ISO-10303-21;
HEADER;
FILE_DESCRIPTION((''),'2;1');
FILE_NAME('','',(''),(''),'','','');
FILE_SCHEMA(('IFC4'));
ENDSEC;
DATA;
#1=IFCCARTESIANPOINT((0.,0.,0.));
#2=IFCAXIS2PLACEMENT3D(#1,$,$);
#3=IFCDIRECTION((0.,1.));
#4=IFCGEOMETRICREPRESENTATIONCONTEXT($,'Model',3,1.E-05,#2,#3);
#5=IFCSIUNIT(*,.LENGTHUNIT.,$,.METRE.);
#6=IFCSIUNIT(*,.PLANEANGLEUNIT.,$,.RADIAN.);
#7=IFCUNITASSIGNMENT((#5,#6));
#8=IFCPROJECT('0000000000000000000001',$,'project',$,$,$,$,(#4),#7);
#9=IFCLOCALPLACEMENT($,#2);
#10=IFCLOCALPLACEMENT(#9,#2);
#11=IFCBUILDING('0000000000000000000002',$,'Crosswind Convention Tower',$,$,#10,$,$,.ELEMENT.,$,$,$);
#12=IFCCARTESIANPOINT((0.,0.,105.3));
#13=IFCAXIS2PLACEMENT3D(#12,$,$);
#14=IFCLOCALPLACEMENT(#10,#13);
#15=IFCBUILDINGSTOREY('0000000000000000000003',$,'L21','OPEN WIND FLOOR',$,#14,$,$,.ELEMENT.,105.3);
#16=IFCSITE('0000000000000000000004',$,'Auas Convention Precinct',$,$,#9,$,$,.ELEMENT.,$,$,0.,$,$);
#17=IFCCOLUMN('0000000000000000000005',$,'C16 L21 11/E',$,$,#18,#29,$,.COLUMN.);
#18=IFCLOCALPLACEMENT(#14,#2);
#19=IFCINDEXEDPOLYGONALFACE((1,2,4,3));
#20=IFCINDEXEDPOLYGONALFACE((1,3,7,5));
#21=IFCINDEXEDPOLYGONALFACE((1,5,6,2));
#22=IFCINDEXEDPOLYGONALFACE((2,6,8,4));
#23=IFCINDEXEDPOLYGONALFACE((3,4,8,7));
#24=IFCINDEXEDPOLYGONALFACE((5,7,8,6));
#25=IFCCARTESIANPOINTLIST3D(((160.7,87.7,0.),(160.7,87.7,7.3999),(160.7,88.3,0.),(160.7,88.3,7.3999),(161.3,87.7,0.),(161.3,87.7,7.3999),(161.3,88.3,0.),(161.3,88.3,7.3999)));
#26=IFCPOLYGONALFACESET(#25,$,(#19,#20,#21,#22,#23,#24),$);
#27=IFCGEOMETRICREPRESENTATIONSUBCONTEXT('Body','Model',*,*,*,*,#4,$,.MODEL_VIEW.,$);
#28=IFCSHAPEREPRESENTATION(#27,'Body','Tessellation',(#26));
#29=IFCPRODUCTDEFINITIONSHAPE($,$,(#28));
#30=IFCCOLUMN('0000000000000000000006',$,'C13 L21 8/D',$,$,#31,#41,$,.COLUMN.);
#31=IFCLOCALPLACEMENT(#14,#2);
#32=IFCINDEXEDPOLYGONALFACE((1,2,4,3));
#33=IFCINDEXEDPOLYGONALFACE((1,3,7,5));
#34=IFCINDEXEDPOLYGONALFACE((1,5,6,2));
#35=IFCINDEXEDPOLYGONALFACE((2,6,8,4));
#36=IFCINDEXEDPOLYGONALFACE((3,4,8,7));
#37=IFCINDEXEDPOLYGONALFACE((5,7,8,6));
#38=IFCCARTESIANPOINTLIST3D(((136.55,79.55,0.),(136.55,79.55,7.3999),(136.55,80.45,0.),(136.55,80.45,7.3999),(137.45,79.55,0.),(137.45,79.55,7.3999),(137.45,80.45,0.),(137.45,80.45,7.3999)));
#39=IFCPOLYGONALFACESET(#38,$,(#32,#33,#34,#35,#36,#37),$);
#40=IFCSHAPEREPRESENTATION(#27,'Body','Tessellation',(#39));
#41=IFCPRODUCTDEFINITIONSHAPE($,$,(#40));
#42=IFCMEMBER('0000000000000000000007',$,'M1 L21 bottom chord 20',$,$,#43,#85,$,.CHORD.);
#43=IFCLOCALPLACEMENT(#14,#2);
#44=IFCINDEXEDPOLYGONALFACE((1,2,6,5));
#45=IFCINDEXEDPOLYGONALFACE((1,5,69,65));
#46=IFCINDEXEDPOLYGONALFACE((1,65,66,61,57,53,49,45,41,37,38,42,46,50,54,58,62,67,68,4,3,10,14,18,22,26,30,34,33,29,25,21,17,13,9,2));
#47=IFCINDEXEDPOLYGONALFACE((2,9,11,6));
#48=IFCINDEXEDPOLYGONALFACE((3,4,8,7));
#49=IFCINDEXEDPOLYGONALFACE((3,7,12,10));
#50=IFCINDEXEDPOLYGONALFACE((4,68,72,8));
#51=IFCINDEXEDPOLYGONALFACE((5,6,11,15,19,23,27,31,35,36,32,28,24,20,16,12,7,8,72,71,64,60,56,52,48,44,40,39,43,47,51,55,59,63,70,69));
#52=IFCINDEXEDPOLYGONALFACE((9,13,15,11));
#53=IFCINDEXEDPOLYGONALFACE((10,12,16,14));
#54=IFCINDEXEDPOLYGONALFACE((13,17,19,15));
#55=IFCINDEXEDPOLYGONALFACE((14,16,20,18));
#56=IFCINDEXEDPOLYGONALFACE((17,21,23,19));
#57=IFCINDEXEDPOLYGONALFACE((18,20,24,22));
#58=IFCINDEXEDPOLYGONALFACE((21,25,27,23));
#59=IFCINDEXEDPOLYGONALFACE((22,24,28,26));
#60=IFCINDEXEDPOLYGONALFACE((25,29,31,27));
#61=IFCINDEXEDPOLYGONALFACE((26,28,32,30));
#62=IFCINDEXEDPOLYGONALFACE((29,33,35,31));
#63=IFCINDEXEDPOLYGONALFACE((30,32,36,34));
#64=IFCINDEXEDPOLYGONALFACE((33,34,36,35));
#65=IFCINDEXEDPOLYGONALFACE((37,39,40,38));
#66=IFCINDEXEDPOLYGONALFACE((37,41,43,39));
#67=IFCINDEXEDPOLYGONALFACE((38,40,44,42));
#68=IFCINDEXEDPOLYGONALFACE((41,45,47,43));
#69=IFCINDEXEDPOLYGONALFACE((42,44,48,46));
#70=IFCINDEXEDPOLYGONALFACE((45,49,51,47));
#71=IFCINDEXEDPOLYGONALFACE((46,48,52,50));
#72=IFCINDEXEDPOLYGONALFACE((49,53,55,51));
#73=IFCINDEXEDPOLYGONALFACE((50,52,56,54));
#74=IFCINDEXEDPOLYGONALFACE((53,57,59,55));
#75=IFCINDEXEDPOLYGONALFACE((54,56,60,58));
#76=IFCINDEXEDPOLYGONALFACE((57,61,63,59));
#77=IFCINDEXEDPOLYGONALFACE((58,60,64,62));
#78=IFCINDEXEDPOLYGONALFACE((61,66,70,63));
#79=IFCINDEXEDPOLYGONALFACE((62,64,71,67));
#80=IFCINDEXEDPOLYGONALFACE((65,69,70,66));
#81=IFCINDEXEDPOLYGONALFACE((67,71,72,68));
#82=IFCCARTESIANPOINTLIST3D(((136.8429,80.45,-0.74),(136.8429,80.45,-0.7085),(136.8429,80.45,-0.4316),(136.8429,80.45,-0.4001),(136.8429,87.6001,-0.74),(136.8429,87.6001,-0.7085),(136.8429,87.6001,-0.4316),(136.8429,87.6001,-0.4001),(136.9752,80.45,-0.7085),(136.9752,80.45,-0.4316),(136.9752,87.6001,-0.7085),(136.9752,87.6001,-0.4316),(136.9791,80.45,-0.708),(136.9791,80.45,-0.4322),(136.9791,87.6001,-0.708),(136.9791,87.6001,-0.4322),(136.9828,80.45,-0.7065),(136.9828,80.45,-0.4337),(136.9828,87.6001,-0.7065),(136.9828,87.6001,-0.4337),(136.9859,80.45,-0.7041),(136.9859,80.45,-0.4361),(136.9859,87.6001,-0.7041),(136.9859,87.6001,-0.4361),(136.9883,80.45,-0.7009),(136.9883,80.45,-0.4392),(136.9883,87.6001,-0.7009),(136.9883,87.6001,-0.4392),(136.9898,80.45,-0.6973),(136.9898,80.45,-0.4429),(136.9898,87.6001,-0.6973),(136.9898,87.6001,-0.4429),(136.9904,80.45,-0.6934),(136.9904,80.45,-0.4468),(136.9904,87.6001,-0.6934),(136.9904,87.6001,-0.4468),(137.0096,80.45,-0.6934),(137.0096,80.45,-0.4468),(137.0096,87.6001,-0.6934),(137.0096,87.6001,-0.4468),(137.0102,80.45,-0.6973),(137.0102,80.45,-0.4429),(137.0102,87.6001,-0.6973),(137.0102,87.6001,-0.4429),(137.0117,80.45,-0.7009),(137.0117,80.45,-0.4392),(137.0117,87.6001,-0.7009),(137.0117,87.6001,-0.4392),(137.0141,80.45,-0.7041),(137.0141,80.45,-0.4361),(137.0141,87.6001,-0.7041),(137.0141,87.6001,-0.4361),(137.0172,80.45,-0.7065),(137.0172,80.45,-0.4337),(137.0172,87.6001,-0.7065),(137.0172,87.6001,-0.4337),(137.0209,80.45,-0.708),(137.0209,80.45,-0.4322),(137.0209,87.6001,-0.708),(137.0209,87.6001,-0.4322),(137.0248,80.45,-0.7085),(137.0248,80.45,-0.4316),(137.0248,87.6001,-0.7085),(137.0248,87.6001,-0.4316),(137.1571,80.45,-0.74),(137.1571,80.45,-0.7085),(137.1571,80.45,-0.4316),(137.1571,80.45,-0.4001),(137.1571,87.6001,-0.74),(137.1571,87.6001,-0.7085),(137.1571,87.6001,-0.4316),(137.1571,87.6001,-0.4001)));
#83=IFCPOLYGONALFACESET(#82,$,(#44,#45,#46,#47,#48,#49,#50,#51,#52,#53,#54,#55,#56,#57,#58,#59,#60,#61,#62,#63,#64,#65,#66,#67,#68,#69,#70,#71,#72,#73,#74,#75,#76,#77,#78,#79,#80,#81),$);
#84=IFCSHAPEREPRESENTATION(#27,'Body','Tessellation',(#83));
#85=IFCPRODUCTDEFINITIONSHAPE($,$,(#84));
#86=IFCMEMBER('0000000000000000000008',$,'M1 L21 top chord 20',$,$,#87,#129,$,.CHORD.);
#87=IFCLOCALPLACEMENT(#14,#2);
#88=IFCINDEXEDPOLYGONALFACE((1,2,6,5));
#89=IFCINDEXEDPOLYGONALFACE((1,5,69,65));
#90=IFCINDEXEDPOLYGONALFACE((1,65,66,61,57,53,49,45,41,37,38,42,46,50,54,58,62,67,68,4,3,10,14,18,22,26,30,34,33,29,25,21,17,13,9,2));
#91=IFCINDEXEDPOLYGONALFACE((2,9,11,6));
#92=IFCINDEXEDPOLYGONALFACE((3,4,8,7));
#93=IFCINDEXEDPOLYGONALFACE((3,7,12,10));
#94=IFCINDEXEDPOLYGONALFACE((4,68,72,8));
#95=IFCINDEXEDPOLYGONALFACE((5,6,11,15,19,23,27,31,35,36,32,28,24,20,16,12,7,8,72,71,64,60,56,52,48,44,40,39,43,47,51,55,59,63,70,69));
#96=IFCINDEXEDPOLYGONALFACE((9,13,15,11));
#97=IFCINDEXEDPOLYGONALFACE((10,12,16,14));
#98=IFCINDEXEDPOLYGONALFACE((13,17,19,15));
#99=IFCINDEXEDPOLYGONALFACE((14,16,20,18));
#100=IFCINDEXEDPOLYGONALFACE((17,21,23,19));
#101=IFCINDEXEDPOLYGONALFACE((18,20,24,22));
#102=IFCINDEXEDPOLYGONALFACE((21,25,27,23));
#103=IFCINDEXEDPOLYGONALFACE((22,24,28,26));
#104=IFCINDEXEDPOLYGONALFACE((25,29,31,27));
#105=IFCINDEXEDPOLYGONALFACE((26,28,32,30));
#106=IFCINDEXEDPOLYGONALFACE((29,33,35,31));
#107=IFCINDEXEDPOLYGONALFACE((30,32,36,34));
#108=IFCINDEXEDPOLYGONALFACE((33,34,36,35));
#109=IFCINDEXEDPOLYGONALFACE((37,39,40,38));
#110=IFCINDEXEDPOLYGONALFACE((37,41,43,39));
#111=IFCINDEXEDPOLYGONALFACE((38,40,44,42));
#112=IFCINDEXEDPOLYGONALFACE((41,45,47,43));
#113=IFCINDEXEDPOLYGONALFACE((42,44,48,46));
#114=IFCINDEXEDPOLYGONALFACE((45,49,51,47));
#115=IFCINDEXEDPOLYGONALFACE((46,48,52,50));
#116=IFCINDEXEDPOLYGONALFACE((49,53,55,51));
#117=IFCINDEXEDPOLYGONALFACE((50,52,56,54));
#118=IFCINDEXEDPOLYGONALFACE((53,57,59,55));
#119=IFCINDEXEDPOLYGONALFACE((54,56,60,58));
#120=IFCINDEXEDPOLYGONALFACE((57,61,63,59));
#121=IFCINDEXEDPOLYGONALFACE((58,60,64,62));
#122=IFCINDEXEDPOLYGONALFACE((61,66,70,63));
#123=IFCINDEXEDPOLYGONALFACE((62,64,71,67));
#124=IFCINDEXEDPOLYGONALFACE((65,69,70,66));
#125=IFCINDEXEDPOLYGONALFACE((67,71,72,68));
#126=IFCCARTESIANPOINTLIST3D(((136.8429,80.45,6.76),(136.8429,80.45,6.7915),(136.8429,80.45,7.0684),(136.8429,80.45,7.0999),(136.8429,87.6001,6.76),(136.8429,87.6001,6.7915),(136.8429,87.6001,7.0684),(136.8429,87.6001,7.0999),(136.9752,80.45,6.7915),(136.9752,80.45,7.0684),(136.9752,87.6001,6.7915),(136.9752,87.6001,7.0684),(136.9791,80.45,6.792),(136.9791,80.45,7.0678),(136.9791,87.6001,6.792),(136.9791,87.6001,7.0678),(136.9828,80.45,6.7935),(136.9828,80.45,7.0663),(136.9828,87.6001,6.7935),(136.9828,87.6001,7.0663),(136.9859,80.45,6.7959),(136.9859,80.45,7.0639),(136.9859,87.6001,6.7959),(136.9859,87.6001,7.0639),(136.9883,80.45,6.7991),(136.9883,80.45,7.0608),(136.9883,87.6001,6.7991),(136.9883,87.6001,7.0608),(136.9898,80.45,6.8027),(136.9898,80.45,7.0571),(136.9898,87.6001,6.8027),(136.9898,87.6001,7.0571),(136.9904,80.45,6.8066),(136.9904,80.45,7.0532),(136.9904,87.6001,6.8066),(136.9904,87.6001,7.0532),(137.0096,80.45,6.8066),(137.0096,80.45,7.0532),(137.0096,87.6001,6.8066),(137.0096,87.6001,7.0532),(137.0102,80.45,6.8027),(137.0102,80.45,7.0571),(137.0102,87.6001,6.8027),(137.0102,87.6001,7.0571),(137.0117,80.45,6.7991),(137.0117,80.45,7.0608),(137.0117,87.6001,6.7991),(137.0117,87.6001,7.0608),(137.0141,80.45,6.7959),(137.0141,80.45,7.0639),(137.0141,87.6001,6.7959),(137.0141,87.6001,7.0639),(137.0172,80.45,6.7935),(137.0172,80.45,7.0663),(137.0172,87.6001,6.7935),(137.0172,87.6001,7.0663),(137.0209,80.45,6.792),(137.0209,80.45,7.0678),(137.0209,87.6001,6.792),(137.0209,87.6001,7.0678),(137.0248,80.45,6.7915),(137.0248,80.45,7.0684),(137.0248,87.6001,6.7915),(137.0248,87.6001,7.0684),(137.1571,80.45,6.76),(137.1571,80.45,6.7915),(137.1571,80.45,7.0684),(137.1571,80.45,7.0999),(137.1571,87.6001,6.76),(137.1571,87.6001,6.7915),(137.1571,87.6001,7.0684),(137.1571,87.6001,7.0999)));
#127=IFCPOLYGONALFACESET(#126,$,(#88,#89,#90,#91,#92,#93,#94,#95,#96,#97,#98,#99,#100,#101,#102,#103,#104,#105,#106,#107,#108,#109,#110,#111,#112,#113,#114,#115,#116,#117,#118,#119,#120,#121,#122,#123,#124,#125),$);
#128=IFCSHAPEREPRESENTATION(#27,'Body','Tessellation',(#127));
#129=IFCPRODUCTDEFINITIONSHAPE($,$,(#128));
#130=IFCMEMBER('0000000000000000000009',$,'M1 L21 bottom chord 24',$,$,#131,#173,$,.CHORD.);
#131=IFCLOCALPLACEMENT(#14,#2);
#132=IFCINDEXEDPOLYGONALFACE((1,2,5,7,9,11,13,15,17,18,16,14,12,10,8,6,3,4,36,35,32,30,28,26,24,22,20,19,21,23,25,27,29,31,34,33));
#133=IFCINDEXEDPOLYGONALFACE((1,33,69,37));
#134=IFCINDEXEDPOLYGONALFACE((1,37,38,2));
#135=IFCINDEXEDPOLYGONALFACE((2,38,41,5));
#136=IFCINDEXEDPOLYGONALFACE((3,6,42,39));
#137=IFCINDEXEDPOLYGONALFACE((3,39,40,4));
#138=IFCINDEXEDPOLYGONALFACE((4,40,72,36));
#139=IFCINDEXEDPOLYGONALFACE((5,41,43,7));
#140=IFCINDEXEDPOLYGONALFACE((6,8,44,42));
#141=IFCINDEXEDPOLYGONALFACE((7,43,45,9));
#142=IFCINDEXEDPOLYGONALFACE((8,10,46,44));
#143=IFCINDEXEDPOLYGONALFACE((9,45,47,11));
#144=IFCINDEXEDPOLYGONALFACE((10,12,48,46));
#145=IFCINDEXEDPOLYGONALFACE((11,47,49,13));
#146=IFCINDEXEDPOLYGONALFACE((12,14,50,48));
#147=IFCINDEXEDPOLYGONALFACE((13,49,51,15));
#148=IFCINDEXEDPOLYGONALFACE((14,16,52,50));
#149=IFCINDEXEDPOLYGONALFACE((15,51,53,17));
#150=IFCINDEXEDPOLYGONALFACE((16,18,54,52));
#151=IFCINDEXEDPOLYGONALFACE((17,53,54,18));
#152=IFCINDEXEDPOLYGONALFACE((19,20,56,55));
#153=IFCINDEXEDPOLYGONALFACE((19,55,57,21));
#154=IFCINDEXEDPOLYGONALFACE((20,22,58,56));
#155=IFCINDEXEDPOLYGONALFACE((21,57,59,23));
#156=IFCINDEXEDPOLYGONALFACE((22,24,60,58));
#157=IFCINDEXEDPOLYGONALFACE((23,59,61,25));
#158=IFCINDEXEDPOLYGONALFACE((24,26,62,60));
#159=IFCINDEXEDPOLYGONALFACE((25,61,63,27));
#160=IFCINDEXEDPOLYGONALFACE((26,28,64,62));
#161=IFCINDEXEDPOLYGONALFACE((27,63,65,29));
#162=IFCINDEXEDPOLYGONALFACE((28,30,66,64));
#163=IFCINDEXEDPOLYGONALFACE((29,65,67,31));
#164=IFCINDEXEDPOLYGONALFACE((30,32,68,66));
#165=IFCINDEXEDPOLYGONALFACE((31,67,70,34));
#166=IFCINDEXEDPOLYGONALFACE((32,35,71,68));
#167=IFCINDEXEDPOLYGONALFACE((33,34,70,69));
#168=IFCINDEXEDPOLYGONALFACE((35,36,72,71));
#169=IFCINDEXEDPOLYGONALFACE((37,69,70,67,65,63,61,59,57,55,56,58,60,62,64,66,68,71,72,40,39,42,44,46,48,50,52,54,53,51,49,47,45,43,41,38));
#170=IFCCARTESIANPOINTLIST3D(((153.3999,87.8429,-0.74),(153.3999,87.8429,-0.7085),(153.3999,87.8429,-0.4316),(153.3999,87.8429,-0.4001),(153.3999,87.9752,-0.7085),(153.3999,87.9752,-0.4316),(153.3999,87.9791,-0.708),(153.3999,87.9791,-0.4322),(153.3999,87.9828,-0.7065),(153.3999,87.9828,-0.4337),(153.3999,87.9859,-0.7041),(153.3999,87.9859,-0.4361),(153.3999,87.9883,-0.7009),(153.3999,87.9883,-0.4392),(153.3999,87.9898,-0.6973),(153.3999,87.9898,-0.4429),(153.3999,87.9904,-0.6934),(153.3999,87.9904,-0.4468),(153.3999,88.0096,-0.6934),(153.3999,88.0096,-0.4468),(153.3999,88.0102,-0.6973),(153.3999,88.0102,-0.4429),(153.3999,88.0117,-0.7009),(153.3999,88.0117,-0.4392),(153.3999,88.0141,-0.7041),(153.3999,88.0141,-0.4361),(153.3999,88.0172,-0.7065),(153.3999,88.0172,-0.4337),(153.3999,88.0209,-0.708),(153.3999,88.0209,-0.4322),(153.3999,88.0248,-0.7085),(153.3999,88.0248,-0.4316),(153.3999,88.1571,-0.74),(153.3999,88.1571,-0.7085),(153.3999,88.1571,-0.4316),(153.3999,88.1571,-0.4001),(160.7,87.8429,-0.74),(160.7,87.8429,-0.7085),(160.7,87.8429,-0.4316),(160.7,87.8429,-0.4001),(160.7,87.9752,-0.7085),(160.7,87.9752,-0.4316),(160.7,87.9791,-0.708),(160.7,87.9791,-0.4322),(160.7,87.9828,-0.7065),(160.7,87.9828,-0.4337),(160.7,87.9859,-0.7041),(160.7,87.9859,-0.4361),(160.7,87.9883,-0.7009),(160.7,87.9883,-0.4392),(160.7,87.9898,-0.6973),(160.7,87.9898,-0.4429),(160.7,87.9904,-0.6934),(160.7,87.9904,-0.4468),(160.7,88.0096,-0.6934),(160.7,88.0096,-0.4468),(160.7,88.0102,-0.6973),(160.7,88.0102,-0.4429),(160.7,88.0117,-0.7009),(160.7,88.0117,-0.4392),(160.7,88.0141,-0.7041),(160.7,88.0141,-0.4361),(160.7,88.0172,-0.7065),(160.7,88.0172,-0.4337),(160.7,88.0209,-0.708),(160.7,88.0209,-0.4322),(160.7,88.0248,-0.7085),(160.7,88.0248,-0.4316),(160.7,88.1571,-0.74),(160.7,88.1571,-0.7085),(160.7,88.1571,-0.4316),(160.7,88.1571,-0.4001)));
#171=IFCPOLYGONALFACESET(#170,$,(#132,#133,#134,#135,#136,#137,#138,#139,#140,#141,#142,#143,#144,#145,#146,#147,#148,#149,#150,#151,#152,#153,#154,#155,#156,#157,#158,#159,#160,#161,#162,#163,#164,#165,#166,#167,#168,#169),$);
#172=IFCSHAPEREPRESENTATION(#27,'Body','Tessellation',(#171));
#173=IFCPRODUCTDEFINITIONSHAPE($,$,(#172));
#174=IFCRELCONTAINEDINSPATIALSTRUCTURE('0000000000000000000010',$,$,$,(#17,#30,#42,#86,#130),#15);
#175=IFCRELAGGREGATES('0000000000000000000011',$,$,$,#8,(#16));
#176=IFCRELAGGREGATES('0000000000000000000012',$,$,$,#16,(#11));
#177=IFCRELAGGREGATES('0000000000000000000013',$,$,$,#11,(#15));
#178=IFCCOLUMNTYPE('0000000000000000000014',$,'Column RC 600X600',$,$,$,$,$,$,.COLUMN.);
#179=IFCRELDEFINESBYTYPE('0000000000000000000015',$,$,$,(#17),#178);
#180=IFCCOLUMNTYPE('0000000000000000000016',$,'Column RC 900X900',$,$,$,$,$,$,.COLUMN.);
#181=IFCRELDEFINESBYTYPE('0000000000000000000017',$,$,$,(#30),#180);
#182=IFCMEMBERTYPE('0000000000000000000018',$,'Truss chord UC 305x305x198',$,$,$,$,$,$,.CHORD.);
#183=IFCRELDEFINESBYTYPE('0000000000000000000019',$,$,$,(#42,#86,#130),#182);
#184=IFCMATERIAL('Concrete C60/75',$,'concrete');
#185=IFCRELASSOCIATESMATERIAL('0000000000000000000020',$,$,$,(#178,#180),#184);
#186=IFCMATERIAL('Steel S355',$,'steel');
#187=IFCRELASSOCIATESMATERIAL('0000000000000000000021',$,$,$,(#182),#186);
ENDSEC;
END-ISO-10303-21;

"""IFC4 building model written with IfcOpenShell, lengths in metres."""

from ifc_helpers import new_model, si_unit, direction, frame, origin, origin_2d, place, context, subcontext, project, spatial, rectangle, i_section, extrude, material, material_profile, profile_set, type_object, element, save


model = new_model("IFC4")

# Units and contexts
model_context = context("Model", 3, precision=1e-05, world=origin(), true_north=direction((0.0, 1.0)))
body_context = subcontext(model_context, "Body", "Model", "MODEL_VIEW")
ifc_project = project(units=[si_unit("LENGTHUNIT", "METRE"), si_unit("PLANEANGLEUNIT", "RADIAN")], contexts=[model_context])

# Site, building, storey
site_placement = place(None, origin())
site = spatial("IfcSite", under=ifc_project, at=site_placement, Name="Auas Convention Precinct", CompositionType="ELEMENT", RefElevation=0.0)
building_placement = place(site_placement, origin())
building = spatial("IfcBuilding", under=site, at=building_placement, Name="Crosswind Convention Tower", CompositionType="ELEMENT")
storey_placement = place(building_placement, frame((0.0, 0.0, 105.3)))
storey = spatial("IfcBuildingStorey", under=building, at=storey_placement, Name="L21", Description="OPEN WIND FLOOR", CompositionType="ELEMENT", Elevation=105.3)

# Columns
ifc_material_1 = material(Name="Concrete C60/75", Category="concrete")
ifc_material_profile_1 = material_profile(ifc_material_1, rectangle(XDim=0.6001, YDim=0.6001, at=origin_2d()), Name="RC 600X600")
ifc_profile_set_1 = profile_set([ifc_material_profile_1], Name="Concrete C60/75")
column_type_1 = type_object("IfcColumnType", Name="Column RC 600X600", PredefinedType="COLUMN", material=ifc_profile_set_1)
column_1_placement = place(storey_placement, frame((161.0, 88.0, 0.0), z_axis=(0.0, 0.0, 1.0), x_axis=(1.0, 0.0, 0.0)))
element("IfcColumn", 1, at=column_1_placement, inside=storey, type_object=column_type_1, Name="C16 L21 11/E", PredefinedType="COLUMN", context=body_context, shape_type="SweptSolid", body=[
    extrude(rectangle(XDim=0.6001, YDim=0.6001, at=origin_2d()), origin(), (0.0, 0.0, 1.0), 7.3999),
])
ifc_material_profile_2 = material_profile(ifc_material_1, rectangle(XDim=0.8999, YDim=0.8999, at=origin_2d()), Name="RC 900X900")
ifc_profile_set_2 = profile_set([ifc_material_profile_2], Name="Concrete C60/75")
column_type_2 = type_object("IfcColumnType", Name="Column RC 900X900", PredefinedType="COLUMN", material=ifc_profile_set_2)
column_2_placement = place(storey_placement, frame((137.0, 80.0, 0.0), z_axis=(0.0, 0.0, 1.0), x_axis=(1.0, 0.0, 0.0)))
element("IfcColumn", 2, at=column_2_placement, inside=storey, type_object=column_type_2, Name="C13 L21 8/D", PredefinedType="COLUMN", context=body_context, shape_type="SweptSolid", body=[
    extrude(rectangle(XDim=0.8999, YDim=0.8999, at=origin_2d()), origin(), (0.0, 0.0, 1.0), 7.3999),
])

# Members
ifc_material_2 = material(Name="Steel S355", Category="steel")
ifc_material_profile_3 = material_profile(ifc_material_2, i_section(OverallWidth=0.3142, OverallDepth=0.3398, WebThickness=0.0193, FlangeThickness=0.0315, FilletRadius=0.0151, at=origin_2d()), Name="UC 305x305x198")
ifc_profile_set_3 = profile_set([ifc_material_profile_3], Name="Steel S355")
member_type_1 = type_object("IfcMemberType", Name="Truss chord UC 305x305x198", PredefinedType="CHORD", material=ifc_profile_set_3)
for number, where, z_axis, x_axis, name in (
    (3, (137.0, 80.45, -0.5701), (0.0, 1.0, 0.0), (-1.0, 0.0, 0.0), "M1 L21 bottom chord 20"),
    (4, (137.0, 80.45, 6.9299), (0.0, 1.0, 0.0), (-1.0, 0.0, 0.0), "M1 L21 top chord 20"),
):
    element("IfcMember", number, at=place(storey_placement, frame(where, z_axis=z_axis, x_axis=x_axis)), inside=storey, type_object=member_type_1, Name=name, PredefinedType="CHORD", context=body_context, shape_type="SweptSolid", body=[
        extrude(i_section(OverallWidth=0.3142, OverallDepth=0.3398, WebThickness=0.0193, FlangeThickness=0.0315, FilletRadius=0.0151, at=origin_2d()), origin(), (0.0, 0.0, 1.0), 7.1501),
    ])
for number, where, z_axis, x_axis, name in (
    (5, (153.3999, 88.0, -0.5701), (1.0, 0.0, 0.0), (0.0, 1.0, 0.0), "M1 L21 bottom chord 24"),
):
    element("IfcMember", number, at=place(storey_placement, frame(where, z_axis=z_axis, x_axis=x_axis)), inside=storey, type_object=member_type_1, Name=name, PredefinedType="CHORD", context=body_context, shape_type="SweptSolid", body=[
        extrude(i_section(OverallWidth=0.3142, OverallDepth=0.3398, WebThickness=0.0193, FlangeThickness=0.0315, FilletRadius=0.0151, at=origin_2d()), origin(), (0.0, 0.0, 1.0), 7.3),
    ])

save(model, "model.ifc")
